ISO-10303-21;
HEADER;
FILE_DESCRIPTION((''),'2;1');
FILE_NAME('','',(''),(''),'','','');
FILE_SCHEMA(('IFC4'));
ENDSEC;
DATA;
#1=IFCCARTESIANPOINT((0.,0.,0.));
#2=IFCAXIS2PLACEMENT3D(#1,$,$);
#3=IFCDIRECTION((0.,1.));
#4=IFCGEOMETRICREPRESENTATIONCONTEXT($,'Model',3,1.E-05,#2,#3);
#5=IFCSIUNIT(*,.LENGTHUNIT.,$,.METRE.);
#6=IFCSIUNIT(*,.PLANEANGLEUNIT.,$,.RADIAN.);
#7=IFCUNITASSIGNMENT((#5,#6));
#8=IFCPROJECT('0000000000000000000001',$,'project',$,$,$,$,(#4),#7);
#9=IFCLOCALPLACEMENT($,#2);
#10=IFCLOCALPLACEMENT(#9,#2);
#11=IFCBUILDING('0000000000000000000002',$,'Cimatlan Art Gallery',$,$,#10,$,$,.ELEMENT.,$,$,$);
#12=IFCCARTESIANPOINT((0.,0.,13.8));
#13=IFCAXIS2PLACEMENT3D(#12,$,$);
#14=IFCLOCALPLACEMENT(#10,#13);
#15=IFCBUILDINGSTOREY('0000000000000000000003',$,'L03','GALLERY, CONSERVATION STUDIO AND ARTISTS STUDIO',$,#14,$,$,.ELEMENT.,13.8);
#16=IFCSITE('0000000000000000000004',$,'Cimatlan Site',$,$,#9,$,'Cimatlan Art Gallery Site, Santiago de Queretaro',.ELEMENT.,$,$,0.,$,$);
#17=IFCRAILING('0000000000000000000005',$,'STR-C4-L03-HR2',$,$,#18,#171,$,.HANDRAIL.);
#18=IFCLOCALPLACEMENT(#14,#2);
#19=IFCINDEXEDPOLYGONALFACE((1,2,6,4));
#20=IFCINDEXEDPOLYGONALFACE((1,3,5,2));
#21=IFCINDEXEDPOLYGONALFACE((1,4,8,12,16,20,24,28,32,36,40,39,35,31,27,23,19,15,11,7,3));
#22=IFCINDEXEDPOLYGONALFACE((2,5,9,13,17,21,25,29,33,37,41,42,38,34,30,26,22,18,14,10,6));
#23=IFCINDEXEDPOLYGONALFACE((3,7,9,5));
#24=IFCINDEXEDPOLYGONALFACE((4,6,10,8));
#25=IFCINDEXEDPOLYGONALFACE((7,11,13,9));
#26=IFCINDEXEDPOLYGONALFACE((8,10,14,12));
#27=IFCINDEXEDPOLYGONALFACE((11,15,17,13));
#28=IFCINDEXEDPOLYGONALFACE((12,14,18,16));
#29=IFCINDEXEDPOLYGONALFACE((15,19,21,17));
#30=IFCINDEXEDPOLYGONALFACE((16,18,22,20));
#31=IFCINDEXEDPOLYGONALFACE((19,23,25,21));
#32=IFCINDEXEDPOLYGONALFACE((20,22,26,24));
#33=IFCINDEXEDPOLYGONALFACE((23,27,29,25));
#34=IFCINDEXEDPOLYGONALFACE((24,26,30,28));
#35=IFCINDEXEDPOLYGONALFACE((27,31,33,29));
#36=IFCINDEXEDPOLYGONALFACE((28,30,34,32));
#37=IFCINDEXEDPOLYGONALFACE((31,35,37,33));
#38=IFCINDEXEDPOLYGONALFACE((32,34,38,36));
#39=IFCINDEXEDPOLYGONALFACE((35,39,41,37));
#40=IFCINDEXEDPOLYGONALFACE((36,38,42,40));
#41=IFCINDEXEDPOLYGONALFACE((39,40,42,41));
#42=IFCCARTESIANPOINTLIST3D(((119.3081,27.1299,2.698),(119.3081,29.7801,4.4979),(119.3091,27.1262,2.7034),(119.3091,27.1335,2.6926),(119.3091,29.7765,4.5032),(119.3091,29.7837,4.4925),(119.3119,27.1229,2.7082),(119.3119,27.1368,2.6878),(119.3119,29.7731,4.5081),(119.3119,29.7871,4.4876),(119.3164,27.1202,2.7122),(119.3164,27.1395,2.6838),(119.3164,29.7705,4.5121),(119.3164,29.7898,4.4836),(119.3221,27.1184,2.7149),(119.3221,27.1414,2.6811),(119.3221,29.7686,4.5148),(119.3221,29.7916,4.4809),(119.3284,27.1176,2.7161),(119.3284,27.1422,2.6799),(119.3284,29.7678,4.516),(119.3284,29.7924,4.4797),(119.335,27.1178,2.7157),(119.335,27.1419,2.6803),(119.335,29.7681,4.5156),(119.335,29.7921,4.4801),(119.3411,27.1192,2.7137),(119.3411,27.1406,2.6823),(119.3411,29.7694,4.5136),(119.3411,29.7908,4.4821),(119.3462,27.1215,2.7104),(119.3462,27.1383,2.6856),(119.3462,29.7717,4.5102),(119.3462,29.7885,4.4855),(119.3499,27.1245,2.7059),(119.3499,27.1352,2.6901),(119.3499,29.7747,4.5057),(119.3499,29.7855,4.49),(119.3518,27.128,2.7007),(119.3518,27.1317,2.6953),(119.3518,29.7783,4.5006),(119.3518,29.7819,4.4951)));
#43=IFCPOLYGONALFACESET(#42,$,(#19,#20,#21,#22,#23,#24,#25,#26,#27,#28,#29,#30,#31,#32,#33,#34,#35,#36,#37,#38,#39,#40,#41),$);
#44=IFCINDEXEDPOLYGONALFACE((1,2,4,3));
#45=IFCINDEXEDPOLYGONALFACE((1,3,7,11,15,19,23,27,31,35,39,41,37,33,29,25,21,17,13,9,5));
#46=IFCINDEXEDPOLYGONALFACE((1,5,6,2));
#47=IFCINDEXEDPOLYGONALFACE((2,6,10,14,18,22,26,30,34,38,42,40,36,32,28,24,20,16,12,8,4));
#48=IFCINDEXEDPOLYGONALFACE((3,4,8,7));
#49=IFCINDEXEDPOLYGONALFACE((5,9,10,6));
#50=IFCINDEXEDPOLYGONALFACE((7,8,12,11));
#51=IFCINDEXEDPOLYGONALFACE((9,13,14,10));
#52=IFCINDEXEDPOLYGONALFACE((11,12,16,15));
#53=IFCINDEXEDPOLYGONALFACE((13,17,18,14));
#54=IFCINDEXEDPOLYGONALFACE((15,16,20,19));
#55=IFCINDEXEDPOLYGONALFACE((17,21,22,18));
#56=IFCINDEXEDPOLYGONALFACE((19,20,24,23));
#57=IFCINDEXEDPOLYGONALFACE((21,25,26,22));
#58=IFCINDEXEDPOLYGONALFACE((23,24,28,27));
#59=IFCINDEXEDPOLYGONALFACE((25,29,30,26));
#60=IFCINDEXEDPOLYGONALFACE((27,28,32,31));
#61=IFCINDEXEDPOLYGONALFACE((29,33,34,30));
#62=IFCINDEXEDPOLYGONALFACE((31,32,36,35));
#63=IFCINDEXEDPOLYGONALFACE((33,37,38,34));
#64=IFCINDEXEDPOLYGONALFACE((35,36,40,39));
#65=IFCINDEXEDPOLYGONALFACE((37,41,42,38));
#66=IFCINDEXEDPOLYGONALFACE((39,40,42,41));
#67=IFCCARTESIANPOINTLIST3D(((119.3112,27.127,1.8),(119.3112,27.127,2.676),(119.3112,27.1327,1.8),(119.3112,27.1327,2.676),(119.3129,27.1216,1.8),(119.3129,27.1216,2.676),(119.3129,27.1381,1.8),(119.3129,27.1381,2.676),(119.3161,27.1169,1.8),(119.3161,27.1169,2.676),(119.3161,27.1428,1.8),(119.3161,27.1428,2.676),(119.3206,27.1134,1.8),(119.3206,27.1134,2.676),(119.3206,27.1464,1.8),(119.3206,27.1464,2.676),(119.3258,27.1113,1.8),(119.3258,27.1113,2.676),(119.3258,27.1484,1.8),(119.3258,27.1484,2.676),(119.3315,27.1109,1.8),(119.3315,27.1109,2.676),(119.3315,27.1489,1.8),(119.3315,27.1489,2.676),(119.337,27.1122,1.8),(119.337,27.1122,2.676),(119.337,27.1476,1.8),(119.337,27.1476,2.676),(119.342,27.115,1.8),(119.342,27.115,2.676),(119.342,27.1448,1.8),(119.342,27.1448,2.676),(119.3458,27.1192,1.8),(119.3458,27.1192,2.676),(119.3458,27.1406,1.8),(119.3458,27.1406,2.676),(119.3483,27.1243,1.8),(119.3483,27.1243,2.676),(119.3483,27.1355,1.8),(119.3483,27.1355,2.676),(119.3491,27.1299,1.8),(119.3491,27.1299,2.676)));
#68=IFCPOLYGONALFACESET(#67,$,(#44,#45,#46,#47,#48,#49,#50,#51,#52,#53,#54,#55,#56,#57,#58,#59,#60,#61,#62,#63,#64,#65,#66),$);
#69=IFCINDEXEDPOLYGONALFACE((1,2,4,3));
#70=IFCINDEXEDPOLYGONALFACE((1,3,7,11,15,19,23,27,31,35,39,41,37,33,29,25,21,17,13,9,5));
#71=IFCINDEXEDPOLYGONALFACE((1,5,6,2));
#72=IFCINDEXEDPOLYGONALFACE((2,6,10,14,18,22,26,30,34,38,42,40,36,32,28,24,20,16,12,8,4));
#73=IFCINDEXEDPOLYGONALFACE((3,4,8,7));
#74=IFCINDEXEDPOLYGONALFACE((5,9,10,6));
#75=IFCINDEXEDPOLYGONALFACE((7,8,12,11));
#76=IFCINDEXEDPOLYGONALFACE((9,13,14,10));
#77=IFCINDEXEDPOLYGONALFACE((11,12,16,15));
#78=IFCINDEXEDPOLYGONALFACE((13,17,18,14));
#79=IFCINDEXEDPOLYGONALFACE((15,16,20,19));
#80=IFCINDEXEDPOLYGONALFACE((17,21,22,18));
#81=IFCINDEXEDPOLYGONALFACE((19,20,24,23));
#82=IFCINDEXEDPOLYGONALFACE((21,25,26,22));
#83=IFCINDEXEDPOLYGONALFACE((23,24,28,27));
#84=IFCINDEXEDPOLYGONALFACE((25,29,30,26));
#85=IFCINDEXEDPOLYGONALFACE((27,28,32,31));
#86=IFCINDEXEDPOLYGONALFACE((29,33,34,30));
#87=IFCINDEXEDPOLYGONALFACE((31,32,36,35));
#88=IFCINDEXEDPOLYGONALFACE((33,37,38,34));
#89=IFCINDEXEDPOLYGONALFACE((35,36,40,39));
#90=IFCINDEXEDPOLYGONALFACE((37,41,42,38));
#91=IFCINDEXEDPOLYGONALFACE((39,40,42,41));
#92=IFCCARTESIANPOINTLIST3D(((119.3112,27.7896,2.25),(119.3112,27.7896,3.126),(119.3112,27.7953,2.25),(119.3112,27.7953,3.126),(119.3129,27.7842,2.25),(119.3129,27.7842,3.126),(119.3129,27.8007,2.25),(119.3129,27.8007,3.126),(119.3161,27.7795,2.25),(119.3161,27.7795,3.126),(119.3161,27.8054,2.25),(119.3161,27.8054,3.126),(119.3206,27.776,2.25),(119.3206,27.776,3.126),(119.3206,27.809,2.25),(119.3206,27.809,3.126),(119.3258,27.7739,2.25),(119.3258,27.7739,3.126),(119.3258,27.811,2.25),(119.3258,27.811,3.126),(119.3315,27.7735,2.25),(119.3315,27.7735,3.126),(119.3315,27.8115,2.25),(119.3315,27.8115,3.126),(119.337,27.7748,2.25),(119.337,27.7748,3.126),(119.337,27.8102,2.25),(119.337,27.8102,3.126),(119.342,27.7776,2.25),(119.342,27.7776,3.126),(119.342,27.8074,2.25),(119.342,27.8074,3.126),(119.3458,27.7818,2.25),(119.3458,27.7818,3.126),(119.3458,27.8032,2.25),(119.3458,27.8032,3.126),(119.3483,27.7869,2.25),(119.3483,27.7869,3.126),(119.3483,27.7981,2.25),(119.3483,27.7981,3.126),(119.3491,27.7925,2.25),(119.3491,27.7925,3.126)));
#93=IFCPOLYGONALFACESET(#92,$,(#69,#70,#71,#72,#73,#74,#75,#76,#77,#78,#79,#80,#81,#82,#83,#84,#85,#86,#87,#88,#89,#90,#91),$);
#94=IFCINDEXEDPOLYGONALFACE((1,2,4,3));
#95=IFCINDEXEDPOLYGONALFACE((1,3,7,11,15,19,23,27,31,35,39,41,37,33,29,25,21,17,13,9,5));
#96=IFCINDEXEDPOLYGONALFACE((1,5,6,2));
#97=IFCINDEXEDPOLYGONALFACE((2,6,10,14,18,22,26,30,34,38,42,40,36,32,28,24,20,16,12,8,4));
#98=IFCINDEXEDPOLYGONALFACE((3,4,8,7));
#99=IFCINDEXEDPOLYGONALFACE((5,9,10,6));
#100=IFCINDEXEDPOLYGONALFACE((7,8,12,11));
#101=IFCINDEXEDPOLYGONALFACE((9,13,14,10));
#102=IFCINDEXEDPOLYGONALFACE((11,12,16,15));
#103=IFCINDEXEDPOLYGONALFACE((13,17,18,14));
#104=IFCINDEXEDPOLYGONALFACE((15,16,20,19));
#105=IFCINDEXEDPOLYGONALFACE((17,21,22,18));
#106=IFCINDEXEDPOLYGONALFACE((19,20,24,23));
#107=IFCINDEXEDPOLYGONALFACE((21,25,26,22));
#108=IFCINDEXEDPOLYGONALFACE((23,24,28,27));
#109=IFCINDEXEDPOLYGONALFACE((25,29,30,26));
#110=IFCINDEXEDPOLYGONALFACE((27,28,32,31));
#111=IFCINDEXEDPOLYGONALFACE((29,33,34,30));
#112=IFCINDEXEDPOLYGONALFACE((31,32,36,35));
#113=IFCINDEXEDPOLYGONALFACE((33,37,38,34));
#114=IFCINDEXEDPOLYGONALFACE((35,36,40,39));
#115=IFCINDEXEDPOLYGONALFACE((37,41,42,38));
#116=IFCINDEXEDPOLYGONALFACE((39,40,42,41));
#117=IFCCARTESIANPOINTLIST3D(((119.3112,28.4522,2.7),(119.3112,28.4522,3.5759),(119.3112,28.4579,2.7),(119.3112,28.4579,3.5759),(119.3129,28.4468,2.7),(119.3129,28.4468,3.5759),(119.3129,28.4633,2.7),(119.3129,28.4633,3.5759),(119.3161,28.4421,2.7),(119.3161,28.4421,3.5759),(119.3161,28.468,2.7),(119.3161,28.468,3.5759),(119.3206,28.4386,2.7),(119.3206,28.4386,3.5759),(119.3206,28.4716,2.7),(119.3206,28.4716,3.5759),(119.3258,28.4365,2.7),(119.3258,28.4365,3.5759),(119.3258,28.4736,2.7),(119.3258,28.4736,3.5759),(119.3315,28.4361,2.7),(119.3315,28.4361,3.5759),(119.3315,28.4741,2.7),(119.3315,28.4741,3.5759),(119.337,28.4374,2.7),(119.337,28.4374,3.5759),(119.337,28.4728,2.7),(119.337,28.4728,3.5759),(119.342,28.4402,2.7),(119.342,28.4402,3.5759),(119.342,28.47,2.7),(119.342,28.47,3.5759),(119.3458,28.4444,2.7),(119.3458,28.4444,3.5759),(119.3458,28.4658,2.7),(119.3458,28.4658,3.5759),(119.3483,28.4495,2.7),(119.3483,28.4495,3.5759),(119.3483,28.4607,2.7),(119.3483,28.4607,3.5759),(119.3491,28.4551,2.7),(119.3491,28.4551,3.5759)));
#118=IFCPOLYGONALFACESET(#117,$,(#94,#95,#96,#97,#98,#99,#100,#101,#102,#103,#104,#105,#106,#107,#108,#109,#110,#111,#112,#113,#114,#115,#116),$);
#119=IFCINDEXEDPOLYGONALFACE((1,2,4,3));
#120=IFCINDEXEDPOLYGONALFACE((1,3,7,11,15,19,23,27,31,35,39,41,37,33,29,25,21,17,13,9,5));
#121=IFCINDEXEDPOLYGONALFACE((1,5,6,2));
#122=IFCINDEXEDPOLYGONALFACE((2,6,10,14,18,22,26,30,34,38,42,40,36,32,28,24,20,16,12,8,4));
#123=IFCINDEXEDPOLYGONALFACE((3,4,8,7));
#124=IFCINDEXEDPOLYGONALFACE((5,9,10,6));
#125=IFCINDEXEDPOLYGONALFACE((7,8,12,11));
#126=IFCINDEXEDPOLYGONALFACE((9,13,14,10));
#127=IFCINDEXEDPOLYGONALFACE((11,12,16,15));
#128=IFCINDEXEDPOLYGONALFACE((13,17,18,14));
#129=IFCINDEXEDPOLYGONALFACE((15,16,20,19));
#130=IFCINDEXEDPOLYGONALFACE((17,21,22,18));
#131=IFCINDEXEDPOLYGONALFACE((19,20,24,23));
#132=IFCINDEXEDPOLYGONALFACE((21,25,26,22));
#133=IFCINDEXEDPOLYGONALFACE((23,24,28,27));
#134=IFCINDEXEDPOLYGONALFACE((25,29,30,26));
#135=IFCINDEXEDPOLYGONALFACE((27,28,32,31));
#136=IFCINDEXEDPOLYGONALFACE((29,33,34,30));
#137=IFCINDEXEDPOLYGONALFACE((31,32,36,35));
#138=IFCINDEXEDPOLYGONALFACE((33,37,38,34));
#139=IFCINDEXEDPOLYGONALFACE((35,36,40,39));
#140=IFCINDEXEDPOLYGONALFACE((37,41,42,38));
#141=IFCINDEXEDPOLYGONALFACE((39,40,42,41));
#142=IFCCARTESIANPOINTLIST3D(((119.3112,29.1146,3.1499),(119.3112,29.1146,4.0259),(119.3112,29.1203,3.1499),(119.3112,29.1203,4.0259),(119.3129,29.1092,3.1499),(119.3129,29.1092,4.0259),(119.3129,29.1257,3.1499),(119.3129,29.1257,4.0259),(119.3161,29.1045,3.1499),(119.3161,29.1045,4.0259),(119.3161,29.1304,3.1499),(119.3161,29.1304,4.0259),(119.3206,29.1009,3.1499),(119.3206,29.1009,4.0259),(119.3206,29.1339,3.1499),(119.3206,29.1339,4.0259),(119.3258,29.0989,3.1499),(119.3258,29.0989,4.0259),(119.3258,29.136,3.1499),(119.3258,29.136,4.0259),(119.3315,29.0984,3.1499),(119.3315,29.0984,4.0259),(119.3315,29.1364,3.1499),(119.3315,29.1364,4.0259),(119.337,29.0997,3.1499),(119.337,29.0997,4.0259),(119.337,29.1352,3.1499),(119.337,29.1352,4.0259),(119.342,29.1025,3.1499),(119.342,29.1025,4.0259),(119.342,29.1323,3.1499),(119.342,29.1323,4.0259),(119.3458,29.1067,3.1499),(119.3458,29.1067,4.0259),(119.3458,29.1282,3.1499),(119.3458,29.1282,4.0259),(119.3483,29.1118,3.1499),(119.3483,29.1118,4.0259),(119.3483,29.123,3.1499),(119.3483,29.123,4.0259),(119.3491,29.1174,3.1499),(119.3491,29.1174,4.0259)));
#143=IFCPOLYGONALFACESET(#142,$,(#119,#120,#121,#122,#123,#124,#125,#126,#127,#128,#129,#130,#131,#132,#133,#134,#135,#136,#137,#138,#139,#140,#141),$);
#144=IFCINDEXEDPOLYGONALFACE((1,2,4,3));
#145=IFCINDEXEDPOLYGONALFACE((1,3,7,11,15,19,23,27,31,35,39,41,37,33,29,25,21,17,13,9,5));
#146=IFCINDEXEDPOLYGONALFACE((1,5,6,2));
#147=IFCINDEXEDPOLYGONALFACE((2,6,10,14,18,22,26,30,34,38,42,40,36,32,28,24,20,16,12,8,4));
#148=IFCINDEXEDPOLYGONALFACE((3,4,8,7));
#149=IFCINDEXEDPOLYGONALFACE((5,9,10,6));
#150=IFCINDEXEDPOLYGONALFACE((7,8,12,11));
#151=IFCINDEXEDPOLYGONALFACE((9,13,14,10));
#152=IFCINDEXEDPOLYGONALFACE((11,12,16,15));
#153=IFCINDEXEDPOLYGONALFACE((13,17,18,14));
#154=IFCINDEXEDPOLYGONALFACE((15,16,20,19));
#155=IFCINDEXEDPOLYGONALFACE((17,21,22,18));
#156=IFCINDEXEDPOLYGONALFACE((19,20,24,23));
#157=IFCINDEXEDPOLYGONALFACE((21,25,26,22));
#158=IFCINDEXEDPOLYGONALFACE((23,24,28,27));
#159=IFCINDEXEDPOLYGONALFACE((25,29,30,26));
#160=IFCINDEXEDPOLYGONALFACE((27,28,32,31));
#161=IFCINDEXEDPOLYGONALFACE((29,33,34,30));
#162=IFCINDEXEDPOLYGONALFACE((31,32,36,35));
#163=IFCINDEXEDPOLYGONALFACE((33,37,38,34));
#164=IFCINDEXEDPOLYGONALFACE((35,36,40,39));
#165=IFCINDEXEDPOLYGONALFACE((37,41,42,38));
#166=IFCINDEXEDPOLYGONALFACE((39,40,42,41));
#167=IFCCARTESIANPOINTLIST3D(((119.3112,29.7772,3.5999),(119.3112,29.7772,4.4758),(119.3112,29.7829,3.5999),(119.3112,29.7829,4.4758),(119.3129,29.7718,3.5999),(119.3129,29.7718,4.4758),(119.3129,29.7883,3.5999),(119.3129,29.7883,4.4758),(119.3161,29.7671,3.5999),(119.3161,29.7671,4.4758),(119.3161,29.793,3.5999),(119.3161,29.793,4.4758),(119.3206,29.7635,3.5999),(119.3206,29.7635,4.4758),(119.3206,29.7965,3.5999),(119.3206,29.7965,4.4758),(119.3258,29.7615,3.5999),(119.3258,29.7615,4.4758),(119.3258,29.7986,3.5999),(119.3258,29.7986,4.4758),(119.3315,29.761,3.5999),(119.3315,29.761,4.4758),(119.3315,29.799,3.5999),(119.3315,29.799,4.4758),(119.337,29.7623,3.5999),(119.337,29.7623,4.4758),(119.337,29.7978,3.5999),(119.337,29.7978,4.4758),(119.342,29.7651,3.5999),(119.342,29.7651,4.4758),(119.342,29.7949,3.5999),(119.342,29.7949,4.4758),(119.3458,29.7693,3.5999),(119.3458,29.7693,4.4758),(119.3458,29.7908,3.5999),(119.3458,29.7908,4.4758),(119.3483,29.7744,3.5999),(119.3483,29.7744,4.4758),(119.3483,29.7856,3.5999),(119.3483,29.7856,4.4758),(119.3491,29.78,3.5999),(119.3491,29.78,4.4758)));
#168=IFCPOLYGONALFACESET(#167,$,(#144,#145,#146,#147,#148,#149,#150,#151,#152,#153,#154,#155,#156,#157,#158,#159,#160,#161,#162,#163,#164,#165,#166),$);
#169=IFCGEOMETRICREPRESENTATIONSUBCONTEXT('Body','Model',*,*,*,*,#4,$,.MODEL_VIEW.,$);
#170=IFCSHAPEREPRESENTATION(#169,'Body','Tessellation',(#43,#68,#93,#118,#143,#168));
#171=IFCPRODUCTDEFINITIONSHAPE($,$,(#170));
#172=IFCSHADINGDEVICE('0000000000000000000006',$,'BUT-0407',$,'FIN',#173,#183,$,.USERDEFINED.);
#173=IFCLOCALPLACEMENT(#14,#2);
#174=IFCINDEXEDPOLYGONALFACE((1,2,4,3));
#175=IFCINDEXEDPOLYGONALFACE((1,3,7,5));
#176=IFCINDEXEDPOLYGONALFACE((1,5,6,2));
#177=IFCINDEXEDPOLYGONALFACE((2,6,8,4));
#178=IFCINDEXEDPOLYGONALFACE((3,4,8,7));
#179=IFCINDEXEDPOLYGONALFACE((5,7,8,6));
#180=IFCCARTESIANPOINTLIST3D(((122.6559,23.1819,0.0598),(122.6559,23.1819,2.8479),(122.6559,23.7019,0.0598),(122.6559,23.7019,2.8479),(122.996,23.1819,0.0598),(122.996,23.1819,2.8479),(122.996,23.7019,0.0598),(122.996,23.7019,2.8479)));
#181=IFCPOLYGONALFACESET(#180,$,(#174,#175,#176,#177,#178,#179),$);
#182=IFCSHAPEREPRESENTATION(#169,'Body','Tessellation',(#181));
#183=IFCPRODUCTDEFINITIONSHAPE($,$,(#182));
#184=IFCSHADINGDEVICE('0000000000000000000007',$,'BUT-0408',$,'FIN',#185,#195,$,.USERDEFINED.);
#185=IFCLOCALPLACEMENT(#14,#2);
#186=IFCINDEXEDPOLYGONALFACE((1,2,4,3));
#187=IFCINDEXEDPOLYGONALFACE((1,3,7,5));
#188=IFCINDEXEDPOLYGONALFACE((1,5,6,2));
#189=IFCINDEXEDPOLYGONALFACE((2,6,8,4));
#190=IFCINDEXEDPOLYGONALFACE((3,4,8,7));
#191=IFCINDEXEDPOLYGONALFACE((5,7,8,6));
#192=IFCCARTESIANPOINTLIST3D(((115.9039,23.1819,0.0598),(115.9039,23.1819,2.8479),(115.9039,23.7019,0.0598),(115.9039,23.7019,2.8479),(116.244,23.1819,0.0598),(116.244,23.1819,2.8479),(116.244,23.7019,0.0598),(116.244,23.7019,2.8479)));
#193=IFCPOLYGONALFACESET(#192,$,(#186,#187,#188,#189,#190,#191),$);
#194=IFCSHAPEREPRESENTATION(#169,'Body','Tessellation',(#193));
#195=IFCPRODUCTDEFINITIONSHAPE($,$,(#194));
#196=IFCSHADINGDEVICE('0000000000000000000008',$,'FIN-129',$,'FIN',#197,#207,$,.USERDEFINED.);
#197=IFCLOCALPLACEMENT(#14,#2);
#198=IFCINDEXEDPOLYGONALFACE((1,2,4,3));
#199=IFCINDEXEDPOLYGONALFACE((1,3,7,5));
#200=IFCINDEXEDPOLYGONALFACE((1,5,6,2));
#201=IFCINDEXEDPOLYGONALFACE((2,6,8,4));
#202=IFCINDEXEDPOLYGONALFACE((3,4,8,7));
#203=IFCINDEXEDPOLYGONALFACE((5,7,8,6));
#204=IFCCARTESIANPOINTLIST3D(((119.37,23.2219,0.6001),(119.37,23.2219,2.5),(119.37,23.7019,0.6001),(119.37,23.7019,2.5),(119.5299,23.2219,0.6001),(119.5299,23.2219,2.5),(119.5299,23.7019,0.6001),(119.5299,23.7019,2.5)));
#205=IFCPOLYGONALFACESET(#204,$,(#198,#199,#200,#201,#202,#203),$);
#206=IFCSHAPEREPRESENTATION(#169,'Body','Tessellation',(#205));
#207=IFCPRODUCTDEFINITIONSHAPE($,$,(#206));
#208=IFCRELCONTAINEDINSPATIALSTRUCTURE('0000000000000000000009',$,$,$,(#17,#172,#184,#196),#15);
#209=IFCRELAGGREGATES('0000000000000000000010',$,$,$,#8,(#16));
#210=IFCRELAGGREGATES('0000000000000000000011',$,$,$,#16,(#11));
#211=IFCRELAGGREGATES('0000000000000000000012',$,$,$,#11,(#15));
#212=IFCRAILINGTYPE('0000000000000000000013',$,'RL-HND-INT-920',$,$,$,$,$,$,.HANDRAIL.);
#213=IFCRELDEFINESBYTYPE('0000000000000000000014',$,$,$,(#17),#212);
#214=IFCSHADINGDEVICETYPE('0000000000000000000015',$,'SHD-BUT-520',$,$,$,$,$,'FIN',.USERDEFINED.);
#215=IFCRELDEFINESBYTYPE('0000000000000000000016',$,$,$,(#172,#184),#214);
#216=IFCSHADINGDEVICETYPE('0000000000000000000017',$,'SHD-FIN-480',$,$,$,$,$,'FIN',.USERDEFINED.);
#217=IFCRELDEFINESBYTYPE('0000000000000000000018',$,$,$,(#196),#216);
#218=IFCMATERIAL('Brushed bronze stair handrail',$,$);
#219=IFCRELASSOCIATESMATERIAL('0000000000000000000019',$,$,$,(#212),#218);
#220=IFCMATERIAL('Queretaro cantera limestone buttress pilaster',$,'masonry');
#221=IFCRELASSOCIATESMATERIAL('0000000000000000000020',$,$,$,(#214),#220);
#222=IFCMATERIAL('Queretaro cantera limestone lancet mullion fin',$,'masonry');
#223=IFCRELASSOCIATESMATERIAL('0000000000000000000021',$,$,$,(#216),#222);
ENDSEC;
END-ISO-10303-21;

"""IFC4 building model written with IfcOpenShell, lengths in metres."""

from ifc_helpers import new_model, si_unit, direction, frame, origin, origin_2d, place, context, subcontext, project, spatial, rectangle, circle, extrude, material, type_object, element, save


model = new_model("IFC4")

# Units and contexts
model_context = context("Model", 3, precision=1e-05, world=origin(), true_north=direction((0.0, 1.0)))
body_context = subcontext(model_context, "Body", "Model", "MODEL_VIEW")
ifc_project = project(units=[si_unit("LENGTHUNIT", "METRE"), si_unit("PLANEANGLEUNIT", "RADIAN")], contexts=[model_context])

# Site, building, storey
site_placement = place(None, origin())
site = spatial("IfcSite", under=ifc_project, at=site_placement, Name="Cimatlan Site", LongName="Cimatlan Art Gallery Site, Santiago de Queretaro", CompositionType="ELEMENT", RefElevation=0.0)
building_placement = place(site_placement, origin())
building = spatial("IfcBuilding", under=site, at=building_placement, Name="Cimatlan Art Gallery", CompositionType="ELEMENT")
storey_placement = place(building_placement, frame((0.0, 0.0, 13.8)))
storey = spatial("IfcBuildingStorey", under=building, at=storey_placement, Name="L03", Description="GALLERY, CONSERVATION STUDIO AND ARTISTS STUDIO", CompositionType="ELEMENT", Elevation=13.8)

# Railing
ifc_material_1 = material(Name="Brushed bronze stair handrail")
railing_type_1 = type_object("IfcRailingType", Name="RL-HND-INT-920", PredefinedType="HANDRAIL", material=ifc_material_1)
railing_1_placement = place(storey_placement, frame((119.3301, 27.1299, 1.8)))
element("IfcRailing", 1, at=railing_1_placement, inside=storey, type_object=railing_type_1, Name="STR-C4-L03-HR2", PredefinedType="HANDRAIL", context=body_context, shape_type="SweptSolid", body=[
    extrude(circle(Radius=0.022, at=origin_2d()), frame((0.0, 0.0, 0.8979), z_axis=(0.0, 0.827259, 0.56182), x_axis=(-1.0, 0.0, 0.0)), (0.0, 0.0, 1.0), 3.2036),
    extrude(circle(Radius=0.019, at=origin_2d()), origin(), (0.0, 0.0, 1.0), 0.876),
    extrude(circle(Radius=0.019, at=origin_2d()), frame((0.0, 0.6626, 0.45)), (0.0, 0.0, 1.0), 0.876),
    extrude(circle(Radius=0.019, at=origin_2d()), frame((0.0, 1.3252, 0.8999)), (0.0, 0.0, 1.0), 0.876),
    extrude(circle(Radius=0.019, at=origin_2d()), frame((0.0, 1.9875, 1.3499)), (0.0, 0.0, 1.0), 0.876),
    extrude(circle(Radius=0.019, at=origin_2d()), frame((0.0, 2.6501, 1.7998)), (0.0, 0.0, 1.0), 0.876),
])

# Shading devices
ifc_material_2 = material(Name="Queretaro cantera limestone buttress pilaster", Category="masonry")
shading_device_type_1 = type_object("IfcShadingDeviceType", Name="SHD-BUT-520", ElementType="FIN", PredefinedType="USERDEFINED", material=ifc_material_2)
for number, where, z_axis, x_axis, name in (
    (2, (122.8259, 23.4419, 0.0598), (0.0, 0.0, 1.0), (-1.0, 0.0, 0.0), "BUT-0407"),
    (3, (116.074, 23.4419, 0.0598), (0.0, 0.0, 1.0), (-1.0, 0.0, 0.0), "BUT-0408"),
):
    element("IfcShadingDevice", number, at=place(storey_placement, frame(where, z_axis=z_axis, x_axis=x_axis)), inside=storey, type_object=shading_device_type_1, Name=name, ObjectType="FIN", PredefinedType="USERDEFINED", context=body_context, shape_type="SweptSolid", body=[
        extrude(rectangle(XDim=0.3401, YDim=0.52, at=origin_2d()), origin(), (0.0, 0.0, 1.0), 2.7881),
    ])
ifc_material_3 = material(Name="Queretaro cantera limestone lancet mullion fin", Category="masonry")
shading_device_type_2 = type_object("IfcShadingDeviceType", Name="SHD-FIN-480", ElementType="FIN", PredefinedType="USERDEFINED", material=ifc_material_3)
shading_device_placement = place(storey_placement, frame((119.45, 23.4619, 0.6001), z_axis=(0.0, 0.0, 1.0), x_axis=(-1.0, 0.0, 0.0)))
element("IfcShadingDevice", 4, at=shading_device_placement, inside=storey, type_object=shading_device_type_2, Name="FIN-129", ObjectType="FIN", PredefinedType="USERDEFINED", context=body_context, shape_type="SweptSolid", body=[
    extrude(rectangle(XDim=0.1599, YDim=0.48, at=origin_2d()), origin(), (0.0, 0.0, 1.0), 1.8999),
])

save(model, "model.ifc")
